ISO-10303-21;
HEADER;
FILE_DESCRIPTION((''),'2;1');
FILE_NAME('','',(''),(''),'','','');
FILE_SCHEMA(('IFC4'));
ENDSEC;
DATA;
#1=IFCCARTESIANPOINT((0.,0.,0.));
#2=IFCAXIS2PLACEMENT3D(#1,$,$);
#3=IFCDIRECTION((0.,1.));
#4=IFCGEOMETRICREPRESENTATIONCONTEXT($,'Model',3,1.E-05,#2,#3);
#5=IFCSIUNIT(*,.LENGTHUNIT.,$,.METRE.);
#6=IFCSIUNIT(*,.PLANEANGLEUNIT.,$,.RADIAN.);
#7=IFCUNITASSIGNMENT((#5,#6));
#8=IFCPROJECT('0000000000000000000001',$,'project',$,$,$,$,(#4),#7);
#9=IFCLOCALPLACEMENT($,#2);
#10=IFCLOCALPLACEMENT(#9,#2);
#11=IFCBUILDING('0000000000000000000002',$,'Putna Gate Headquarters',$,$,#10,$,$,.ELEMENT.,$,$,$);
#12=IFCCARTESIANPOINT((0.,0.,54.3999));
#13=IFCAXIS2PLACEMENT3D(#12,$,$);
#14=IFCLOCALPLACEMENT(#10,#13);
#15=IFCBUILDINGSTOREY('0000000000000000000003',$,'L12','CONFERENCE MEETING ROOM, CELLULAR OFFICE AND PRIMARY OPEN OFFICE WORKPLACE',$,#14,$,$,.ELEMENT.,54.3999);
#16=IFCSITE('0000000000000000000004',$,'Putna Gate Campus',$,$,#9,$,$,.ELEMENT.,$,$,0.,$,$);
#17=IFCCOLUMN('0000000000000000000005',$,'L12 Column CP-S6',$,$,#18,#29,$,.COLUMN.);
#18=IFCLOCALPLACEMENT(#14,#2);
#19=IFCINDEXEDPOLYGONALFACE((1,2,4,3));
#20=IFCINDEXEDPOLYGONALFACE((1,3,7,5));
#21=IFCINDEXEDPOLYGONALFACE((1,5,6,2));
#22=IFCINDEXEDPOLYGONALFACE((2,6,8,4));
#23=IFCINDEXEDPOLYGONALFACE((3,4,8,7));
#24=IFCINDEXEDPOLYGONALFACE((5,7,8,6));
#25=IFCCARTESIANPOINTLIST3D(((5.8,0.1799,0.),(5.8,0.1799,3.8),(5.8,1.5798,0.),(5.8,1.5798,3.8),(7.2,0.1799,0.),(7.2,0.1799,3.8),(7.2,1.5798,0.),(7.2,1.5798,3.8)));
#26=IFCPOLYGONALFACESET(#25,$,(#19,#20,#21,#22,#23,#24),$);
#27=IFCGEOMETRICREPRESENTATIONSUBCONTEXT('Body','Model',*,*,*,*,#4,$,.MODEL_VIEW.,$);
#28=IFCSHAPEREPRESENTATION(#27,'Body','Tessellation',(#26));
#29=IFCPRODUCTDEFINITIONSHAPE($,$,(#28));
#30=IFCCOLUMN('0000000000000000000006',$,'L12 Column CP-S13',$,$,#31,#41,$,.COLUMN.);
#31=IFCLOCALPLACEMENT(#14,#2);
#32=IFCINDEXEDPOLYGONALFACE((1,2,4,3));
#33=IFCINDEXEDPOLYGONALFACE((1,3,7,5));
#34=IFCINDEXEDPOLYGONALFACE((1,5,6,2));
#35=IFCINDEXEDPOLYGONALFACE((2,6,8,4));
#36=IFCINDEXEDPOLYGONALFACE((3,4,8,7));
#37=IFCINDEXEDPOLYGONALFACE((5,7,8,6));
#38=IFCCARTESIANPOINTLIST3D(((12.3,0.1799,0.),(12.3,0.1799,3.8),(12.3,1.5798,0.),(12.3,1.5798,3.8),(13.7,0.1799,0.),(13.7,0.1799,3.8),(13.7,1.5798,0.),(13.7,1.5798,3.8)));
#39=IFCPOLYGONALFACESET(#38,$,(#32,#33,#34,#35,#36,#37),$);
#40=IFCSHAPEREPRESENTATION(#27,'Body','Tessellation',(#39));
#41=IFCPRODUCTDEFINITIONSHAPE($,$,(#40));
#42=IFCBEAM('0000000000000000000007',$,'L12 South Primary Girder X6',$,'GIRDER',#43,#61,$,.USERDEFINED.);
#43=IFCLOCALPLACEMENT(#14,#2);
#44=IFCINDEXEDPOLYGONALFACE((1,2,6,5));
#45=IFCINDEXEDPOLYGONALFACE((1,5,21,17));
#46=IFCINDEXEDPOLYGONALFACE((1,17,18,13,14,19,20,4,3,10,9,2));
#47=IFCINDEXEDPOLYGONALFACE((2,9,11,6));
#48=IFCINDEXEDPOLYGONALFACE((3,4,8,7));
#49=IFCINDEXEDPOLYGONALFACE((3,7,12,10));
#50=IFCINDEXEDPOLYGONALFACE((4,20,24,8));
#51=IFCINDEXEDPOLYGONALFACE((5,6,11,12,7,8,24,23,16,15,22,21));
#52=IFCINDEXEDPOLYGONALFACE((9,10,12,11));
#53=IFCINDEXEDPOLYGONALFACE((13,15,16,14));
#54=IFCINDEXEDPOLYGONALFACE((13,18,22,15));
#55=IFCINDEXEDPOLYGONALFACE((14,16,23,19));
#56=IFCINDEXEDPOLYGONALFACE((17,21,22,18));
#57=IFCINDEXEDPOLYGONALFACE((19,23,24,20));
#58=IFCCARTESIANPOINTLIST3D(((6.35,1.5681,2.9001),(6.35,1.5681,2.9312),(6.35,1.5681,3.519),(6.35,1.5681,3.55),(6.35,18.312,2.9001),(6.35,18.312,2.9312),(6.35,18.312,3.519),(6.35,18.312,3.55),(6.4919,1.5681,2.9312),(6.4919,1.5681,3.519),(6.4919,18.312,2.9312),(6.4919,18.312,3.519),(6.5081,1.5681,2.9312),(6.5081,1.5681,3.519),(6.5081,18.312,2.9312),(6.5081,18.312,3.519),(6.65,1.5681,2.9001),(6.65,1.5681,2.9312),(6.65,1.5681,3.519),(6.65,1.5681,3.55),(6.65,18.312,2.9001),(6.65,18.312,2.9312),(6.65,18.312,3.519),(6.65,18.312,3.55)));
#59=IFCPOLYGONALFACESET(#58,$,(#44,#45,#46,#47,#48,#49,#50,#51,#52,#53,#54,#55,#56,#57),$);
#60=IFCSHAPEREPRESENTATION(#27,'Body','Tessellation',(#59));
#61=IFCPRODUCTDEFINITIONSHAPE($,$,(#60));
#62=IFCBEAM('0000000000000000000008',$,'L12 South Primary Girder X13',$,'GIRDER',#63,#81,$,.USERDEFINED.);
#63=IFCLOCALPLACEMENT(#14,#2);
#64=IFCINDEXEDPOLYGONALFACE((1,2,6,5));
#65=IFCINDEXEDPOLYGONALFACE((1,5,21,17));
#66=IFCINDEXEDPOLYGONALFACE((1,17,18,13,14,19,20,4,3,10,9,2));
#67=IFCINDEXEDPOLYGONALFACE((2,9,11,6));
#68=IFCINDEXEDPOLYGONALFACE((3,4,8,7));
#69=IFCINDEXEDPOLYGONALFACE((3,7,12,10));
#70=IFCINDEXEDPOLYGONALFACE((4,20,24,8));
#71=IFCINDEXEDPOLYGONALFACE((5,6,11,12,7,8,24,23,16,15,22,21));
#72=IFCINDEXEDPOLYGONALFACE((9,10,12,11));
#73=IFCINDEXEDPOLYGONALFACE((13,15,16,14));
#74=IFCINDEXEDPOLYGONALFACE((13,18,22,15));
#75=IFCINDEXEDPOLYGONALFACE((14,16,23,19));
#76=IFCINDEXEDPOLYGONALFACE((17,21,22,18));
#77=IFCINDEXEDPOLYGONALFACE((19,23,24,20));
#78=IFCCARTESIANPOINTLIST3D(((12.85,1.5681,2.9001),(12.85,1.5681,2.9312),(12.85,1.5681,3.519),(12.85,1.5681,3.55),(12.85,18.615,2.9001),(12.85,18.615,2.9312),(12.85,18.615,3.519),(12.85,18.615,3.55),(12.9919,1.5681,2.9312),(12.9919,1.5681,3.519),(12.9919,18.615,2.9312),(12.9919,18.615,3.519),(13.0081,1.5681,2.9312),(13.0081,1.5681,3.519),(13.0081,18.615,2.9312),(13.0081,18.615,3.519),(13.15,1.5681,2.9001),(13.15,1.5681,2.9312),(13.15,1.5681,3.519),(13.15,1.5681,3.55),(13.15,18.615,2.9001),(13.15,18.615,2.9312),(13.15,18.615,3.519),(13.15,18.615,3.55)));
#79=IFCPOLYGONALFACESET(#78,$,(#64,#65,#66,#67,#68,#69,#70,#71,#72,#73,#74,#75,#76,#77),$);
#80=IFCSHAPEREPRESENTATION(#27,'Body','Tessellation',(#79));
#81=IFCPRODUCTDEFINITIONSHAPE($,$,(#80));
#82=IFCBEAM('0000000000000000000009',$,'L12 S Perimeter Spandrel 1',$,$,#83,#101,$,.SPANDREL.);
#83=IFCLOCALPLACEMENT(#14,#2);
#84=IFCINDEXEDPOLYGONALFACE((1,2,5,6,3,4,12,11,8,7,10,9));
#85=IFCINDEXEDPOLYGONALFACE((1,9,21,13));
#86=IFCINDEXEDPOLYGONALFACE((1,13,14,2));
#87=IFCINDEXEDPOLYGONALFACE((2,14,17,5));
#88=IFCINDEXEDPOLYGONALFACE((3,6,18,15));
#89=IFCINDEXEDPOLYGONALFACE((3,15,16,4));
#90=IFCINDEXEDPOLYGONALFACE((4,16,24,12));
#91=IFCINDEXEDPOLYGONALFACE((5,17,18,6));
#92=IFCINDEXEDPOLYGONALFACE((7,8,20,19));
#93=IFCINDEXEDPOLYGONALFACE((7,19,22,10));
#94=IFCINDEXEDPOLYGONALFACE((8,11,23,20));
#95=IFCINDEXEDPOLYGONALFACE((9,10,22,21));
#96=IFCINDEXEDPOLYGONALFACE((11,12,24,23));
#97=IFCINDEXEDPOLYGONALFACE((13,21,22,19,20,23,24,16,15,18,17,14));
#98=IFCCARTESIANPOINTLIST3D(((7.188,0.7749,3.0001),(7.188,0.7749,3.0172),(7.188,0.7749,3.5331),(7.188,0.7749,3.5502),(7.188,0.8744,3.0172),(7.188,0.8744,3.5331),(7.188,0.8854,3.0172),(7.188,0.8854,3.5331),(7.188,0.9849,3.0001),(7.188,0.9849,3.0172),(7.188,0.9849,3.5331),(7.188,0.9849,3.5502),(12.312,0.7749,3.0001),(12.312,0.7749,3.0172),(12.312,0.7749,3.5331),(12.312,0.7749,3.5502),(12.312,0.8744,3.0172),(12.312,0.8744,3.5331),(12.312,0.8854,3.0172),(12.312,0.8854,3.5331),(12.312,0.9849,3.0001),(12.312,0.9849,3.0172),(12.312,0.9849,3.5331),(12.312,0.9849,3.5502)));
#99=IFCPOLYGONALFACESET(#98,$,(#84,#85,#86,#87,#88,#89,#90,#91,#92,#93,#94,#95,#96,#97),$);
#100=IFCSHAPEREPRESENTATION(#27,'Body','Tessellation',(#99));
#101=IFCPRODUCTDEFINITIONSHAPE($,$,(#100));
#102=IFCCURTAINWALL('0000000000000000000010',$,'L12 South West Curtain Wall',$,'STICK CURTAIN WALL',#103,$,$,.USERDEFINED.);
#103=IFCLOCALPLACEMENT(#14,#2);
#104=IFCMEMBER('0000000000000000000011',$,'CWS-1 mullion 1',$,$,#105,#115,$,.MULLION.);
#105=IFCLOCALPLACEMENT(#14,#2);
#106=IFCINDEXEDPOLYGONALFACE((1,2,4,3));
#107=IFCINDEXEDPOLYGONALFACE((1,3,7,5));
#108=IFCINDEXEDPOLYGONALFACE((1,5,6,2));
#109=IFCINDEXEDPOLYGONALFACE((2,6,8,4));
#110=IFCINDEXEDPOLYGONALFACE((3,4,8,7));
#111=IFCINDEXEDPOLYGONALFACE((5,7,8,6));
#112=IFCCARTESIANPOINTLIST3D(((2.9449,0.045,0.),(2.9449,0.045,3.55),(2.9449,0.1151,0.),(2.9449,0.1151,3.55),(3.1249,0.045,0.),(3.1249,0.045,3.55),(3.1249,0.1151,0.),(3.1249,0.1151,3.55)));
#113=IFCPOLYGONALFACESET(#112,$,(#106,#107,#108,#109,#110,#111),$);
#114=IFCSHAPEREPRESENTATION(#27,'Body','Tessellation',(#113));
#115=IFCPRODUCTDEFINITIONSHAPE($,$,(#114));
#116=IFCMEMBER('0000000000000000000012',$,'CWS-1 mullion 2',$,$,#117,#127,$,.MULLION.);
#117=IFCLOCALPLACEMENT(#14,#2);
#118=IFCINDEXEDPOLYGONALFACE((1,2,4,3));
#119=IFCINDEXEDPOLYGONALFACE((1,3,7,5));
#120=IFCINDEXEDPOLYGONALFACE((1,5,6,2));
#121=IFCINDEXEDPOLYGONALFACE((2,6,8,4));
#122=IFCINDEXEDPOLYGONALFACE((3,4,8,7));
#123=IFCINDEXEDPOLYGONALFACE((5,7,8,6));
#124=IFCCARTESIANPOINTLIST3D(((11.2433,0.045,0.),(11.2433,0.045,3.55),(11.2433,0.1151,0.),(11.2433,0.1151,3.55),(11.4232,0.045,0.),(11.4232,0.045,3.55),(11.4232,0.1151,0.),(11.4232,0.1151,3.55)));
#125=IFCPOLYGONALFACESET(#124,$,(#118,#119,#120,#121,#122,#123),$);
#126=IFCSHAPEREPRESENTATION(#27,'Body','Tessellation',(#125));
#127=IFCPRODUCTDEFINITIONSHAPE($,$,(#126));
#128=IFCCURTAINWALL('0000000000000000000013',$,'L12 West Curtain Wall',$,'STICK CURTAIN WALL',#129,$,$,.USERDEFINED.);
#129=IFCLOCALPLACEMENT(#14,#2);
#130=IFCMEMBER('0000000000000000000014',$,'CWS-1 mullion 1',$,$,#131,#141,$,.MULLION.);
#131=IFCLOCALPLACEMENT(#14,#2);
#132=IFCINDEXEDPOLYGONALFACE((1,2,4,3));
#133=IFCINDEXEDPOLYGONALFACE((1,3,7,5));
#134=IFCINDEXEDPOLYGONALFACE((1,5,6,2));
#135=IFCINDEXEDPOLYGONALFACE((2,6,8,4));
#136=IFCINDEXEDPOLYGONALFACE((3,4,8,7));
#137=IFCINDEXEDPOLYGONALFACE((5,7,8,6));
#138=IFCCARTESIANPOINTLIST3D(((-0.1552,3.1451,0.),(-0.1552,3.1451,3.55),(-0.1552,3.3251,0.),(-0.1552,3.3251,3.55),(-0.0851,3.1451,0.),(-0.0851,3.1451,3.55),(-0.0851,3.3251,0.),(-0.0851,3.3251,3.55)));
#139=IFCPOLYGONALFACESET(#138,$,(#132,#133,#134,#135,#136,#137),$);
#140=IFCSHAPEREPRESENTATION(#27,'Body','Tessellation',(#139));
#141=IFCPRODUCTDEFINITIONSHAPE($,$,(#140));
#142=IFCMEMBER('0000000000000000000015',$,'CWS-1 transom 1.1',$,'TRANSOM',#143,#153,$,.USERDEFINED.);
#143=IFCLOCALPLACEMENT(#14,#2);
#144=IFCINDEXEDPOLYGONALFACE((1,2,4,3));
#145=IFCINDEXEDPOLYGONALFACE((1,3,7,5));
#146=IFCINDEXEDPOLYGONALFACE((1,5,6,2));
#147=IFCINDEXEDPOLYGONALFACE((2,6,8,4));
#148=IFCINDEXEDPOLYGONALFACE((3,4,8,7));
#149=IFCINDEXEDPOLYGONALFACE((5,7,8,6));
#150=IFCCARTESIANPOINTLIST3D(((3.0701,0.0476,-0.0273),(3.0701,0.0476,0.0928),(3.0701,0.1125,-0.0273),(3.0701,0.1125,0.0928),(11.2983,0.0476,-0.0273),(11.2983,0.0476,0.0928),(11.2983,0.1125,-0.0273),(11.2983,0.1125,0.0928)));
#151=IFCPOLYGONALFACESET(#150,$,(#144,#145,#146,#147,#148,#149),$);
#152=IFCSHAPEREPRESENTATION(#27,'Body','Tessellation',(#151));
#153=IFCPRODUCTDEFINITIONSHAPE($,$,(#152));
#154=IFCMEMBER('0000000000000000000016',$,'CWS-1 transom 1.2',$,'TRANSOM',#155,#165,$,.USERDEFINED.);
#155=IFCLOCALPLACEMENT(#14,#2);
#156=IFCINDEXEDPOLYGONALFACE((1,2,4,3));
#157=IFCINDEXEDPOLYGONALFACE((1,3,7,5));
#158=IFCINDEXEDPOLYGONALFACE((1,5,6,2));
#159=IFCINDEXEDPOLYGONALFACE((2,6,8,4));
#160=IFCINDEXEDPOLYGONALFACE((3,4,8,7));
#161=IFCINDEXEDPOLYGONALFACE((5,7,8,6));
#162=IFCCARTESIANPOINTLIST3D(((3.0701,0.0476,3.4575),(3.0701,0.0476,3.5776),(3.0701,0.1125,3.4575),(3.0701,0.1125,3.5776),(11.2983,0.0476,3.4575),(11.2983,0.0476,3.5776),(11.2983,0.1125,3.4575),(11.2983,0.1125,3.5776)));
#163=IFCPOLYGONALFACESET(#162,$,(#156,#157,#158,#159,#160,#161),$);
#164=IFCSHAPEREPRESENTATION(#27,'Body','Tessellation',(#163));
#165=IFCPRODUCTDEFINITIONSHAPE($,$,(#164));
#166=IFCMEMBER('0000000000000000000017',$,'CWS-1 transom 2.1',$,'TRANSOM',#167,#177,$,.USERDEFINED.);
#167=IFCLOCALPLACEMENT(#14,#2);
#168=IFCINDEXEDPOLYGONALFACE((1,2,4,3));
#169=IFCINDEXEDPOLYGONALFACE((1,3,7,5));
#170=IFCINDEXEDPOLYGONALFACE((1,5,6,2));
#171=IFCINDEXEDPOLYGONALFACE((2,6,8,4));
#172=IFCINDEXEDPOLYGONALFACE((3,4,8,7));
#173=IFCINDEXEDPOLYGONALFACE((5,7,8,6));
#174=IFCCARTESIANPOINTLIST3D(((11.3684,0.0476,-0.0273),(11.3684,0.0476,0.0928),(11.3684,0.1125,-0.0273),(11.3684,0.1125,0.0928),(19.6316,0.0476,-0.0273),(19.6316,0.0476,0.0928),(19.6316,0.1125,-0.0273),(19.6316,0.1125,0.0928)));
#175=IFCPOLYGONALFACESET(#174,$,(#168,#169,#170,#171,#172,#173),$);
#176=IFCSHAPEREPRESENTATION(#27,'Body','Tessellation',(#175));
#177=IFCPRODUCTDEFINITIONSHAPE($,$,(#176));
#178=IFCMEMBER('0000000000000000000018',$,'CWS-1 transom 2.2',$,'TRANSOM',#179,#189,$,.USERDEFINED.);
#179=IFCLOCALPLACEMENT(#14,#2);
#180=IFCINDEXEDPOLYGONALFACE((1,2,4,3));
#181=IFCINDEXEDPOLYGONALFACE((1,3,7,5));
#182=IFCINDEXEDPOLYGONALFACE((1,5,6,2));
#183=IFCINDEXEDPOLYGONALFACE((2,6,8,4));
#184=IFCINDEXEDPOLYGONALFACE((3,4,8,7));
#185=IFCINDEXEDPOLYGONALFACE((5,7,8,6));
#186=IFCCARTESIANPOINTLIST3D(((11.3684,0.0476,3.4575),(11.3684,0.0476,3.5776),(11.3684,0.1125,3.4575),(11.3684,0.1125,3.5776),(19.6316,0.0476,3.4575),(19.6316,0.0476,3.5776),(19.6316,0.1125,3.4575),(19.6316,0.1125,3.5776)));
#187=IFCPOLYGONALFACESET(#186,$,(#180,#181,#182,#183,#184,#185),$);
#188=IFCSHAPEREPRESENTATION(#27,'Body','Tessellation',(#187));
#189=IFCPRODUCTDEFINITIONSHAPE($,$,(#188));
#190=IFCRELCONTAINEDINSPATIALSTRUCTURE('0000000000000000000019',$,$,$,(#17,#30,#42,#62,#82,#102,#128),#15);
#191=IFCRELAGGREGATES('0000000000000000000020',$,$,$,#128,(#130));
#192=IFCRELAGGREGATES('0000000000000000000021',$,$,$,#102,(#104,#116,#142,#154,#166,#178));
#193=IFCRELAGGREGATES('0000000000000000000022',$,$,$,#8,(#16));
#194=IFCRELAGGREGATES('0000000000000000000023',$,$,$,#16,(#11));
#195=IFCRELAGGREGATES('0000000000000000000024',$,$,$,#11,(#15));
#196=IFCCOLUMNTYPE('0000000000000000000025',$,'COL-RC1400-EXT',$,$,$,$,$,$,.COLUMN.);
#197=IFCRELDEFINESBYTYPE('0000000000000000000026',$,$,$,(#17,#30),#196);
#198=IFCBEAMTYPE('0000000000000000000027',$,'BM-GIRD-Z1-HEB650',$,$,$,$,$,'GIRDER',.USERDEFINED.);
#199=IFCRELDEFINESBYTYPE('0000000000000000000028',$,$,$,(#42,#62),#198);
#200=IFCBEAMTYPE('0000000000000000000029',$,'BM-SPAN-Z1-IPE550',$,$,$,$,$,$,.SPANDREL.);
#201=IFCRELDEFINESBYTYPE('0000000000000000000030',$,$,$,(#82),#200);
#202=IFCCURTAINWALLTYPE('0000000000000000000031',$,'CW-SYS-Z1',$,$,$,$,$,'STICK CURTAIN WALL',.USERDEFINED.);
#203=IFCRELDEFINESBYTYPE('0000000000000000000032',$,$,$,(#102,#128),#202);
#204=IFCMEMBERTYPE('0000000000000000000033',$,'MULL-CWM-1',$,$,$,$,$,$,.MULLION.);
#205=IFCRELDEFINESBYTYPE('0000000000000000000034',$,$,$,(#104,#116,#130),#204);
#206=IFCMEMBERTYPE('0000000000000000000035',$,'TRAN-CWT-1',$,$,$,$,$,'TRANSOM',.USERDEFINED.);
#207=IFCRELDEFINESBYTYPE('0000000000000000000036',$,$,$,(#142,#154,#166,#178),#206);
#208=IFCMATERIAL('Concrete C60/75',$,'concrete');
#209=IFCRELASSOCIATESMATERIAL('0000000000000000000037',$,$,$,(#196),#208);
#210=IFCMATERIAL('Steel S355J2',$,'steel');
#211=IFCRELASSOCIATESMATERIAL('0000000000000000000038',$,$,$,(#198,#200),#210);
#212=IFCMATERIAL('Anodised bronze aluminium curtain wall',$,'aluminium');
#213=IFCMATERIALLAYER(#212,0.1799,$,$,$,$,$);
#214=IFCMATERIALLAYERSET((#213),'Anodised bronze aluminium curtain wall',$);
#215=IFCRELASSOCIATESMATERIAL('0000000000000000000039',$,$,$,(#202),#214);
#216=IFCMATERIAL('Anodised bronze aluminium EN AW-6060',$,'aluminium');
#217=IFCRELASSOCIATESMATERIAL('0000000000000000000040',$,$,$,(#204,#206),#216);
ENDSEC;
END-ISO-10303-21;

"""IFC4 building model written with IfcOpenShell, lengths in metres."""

from ifc_helpers import new_model, si_unit, direction, frame, origin, origin_2d, place, context, subcontext, project, spatial, rectangle, i_section, extrude, material, layer, layer_set, material_profile, profile_set, type_object, element, aggregate, save


model = new_model("IFC4")

# Units and contexts
model_context = context("Model", 3, precision=1e-05, world=origin(), true_north=direction((0.0, 1.0)))
body_context = subcontext(model_context, "Body", "Model", "MODEL_VIEW")
ifc_project = project(units=[si_unit("LENGTHUNIT", "METRE"), si_unit("PLANEANGLEUNIT", "RADIAN")], contexts=[model_context])

# Site, building, storey
site_placement = place(None, origin())
site = spatial("IfcSite", under=ifc_project, at=site_placement, Name="Putna Gate Campus", CompositionType="ELEMENT", RefElevation=0.0)
building_placement = place(site_placement, origin())
building = spatial("IfcBuilding", under=site, at=building_placement, Name="Putna Gate Headquarters", CompositionType="ELEMENT")
storey_placement = place(building_placement, frame((0.0, 0.0, 54.3999)))
storey = spatial("IfcBuildingStorey", under=building, at=storey_placement, Name="L12", Description="CONFERENCE MEETING ROOM, CELLULAR OFFICE AND PRIMARY OPEN OFFICE WORKPLACE", CompositionType="ELEMENT", Elevation=54.3999)

# Columns
ifc_material_1 = material(Name="Concrete C60/75", Category="concrete")
ifc_material_profile_1 = material_profile(ifc_material_1, rectangle(XDim=1.3999, YDim=1.3999, at=origin_2d()), Name="Concrete C60/75")
ifc_profile_set_1 = profile_set([ifc_material_profile_1], Name="Concrete C60/75")
column_type = type_object("IfcColumnType", Name="COL-RC1400-EXT", PredefinedType="COLUMN", material=ifc_profile_set_1)
for number, where, z_axis, x_axis, name in (
    (1, (6.5, 0.8799, 0.0), (0.0, 0.0, 1.0), (1.0, 0.0, 0.0), "L12 Column CP-S6"),
    (2, (13.0, 0.8799, 0.0), (0.0, 0.0, 1.0), (1.0, 0.0, 0.0), "L12 Column CP-S13"),
):
    element("IfcColumn", number, at=place(storey_placement, frame(where, z_axis=z_axis, x_axis=x_axis)), inside=storey, type_object=column_type, Name=name, PredefinedType="COLUMN", context=body_context, shape_type="SweptSolid", body=[
        extrude(rectangle(XDim=1.3999, YDim=1.3999, at=origin_2d()), origin(), (0.0, 0.0, 1.0), 3.8),
    ])

# Beams
ifc_material_2 = material(Name="Steel S355J2", Category="steel")
ifc_material_profile_2 = material_profile(ifc_material_2, i_section(OverallWidth=0.3, OverallDepth=0.6499, WebThickness=0.0161, FlangeThickness=0.031, at=origin_2d()), Name="Steel S355J2")
ifc_profile_set_2 = profile_set([ifc_material_profile_2], Name="Steel S355J2")
beam_type_1 = type_object("IfcBeamType", Name="BM-GIRD-Z1-HEB650", ElementType="GIRDER", PredefinedType="USERDEFINED", material=ifc_profile_set_2)
beam_1_placement = place(storey_placement, frame((6.5, 1.5681, 3.2251), z_axis=(0.0, 1.0, 0.0), x_axis=(-1.0, 0.0, 0.0)))
element("IfcBeam", 3, at=beam_1_placement, inside=storey, type_object=beam_type_1, Name="L12 South Primary Girder X6", ObjectType="GIRDER", PredefinedType="USERDEFINED", context=body_context, shape_type="SweptSolid", body=[
    extrude(i_section(OverallWidth=0.3, OverallDepth=0.6499, WebThickness=0.0161, FlangeThickness=0.031, at=origin_2d()), origin(), (0.0, 0.0, 1.0), 16.7439),
])
beam_2_placement = place(storey_placement, frame((13.0, 1.5681, 3.2251), z_axis=(0.0, 1.0, 0.0), x_axis=(-1.0, 0.0, 0.0)))
element("IfcBeam", 4, at=beam_2_placement, inside=storey, type_object=beam_type_1, Name="L12 South Primary Girder X13", ObjectType="GIRDER", PredefinedType="USERDEFINED", context=body_context, shape_type="SweptSolid", body=[
    extrude(i_section(OverallWidth=0.3, OverallDepth=0.6499, WebThickness=0.0161, FlangeThickness=0.031, at=origin_2d()), origin(), (0.0, 0.0, 1.0), 17.0469),
])
ifc_material_profile_3 = material_profile(ifc_material_2, i_section(OverallWidth=0.21, OverallDepth=0.55, WebThickness=0.011, FlangeThickness=0.0171, at=origin_2d()), Name="Steel S355J2")
ifc_profile_set_3 = profile_set([ifc_material_profile_3], Name="Steel S355J2")
beam_type_2 = type_object("IfcBeamType", Name="BM-SPAN-Z1-IPE550", PredefinedType="SPANDREL", material=ifc_profile_set_3)
beam_3_placement = place(storey_placement, frame((7.188, 0.8799, 3.2751), z_axis=(1.0, 0.0, 0.0), x_axis=(0.0, 1.0, 0.0)))
element("IfcBeam", 5, at=beam_3_placement, inside=storey, type_object=beam_type_2, Name="L12 S Perimeter Spandrel 1", PredefinedType="SPANDREL", context=body_context, shape_type="SweptSolid", body=[
    extrude(i_section(OverallWidth=0.21, OverallDepth=0.55, WebThickness=0.011, FlangeThickness=0.0171, at=origin_2d()), origin(), (0.0, 0.0, 1.0), 5.124),
])

# Curtain wall, members
ifc_material_3 = material(Name="Anodised bronze aluminium curtain wall", Category="aluminium")
ifc_layer_1 = layer(ifc_material_3, 0.1799)
ifc_layer_set_1 = layer_set([ifc_layer_1], Name="Anodised bronze aluminium curtain wall")
curtain_wall_type = type_object("IfcCurtainWallType", Name="CW-SYS-Z1", ElementType="STICK CURTAIN WALL", PredefinedType="USERDEFINED", material=ifc_layer_set_1)
curtain_wall_1_placement = place(storey_placement, origin())
curtain_wall_1 = element("IfcCurtainWall", 6, at=curtain_wall_1_placement, inside=storey, type_object=curtain_wall_type, Name="L12 South West Curtain Wall", ObjectType="STICK CURTAIN WALL", PredefinedType="USERDEFINED")
ifc_material_4 = material(Name="Anodised bronze aluminium EN AW-6060", Category="aluminium")
ifc_material_profile_4 = material_profile(ifc_material_4, rectangle(XDim=0.0701, YDim=0.1799, at=origin_2d()), Name="Anodised bronze aluminium EN AW-6060")
ifc_profile_set_4 = profile_set([ifc_material_profile_4], Name="Anodised bronze aluminium EN AW-6060")
member_type_1 = type_object("IfcMemberType", Name="MULL-CWM-1", PredefinedType="MULLION", material=ifc_profile_set_4)
member_1_placement = place(storey_placement, frame((3.0349, 0.0801, 0.0), z_axis=(0.0, 0.0, 1.0), x_axis=(0.0, 1.0, 0.0)))
member_1 = element("IfcMember", 7, at=member_1_placement, type_object=member_type_1, Name="CWS-1 mullion 1", PredefinedType="MULLION", context=body_context, shape_type="SweptSolid", body=[
    extrude(rectangle(XDim=0.0701, YDim=0.1799, at=origin_2d()), origin(), (0.0, 0.0, 1.0), 3.55),
])
member_2_placement = place(storey_placement, frame((11.3333, 0.0801, 0.0), z_axis=(0.0, 0.0, 1.0), x_axis=(0.0, 1.0, 0.0)))
member_2 = element("IfcMember", 8, at=member_2_placement, type_object=member_type_1, Name="CWS-1 mullion 2", PredefinedType="MULLION", context=body_context, shape_type="SweptSolid", body=[
    extrude(rectangle(XDim=0.0701, YDim=0.1799, at=origin_2d()), origin(), (0.0, 0.0, 1.0), 3.55),
])

# Curtain wall, member
curtain_wall_2_placement = place(storey_placement, origin())
curtain_wall_2 = element("IfcCurtainWall", 9, at=curtain_wall_2_placement, inside=storey, type_object=curtain_wall_type, Name="L12 West Curtain Wall", ObjectType="STICK CURTAIN WALL", PredefinedType="USERDEFINED")
member_3_placement = place(storey_placement, frame((-0.1201, 3.2351, 0.0), z_axis=(0.0, 0.0, 1.0), x_axis=(-1.0, 0.0, 0.0)))
member_3 = element("IfcMember", 10, at=member_3_placement, type_object=member_type_1, Name="CWS-1 mullion 1", PredefinedType="MULLION", context=body_context, shape_type="SweptSolid", body=[
    extrude(rectangle(XDim=0.0701, YDim=0.1799, at=origin_2d()), origin(), (0.0, 0.0, 1.0), 3.55),
])

# Members
ifc_material_profile_5 = material_profile(ifc_material_4, rectangle(XDim=0.0649, YDim=0.1201, at=origin_2d()), Name="Anodised bronze aluminium EN AW-6060")
ifc_profile_set_5 = profile_set([ifc_material_profile_5], Name="Anodised bronze aluminium EN AW-6060")
member_type_2 = type_object("IfcMemberType", Name="TRAN-CWT-1", ElementType="TRANSOM", PredefinedType="USERDEFINED", material=ifc_profile_set_5)
member_4_placement = place(storey_placement, frame((3.0701, 0.0801, 0.0327), z_axis=(1.0, 0.0, 0.0), x_axis=(0.0, 1.0, 0.0)))
member_4 = element("IfcMember", 11, at=member_4_placement, type_object=member_type_2, Name="CWS-1 transom 1.1", ObjectType="TRANSOM", PredefinedType="USERDEFINED", context=body_context, shape_type="SweptSolid", body=[
    extrude(rectangle(XDim=0.0649, YDim=0.1201, at=origin_2d()), origin(), (0.0, 0.0, 1.0), 8.2283),
])
member_5_placement = place(storey_placement, frame((3.0701, 0.0801, 3.5176), z_axis=(1.0, 0.0, 0.0), x_axis=(0.0, 1.0, 0.0)))
member_5 = element("IfcMember", 12, at=member_5_placement, type_object=member_type_2, Name="CWS-1 transom 1.2", ObjectType="TRANSOM", PredefinedType="USERDEFINED", context=body_context, shape_type="SweptSolid", body=[
    extrude(rectangle(XDim=0.0649, YDim=0.1201, at=origin_2d()), origin(), (0.0, 0.0, 1.0), 8.2283),
])
member_6_placement = place(storey_placement, frame((11.3684, 0.0801, 0.0327), z_axis=(1.0, 0.0, 0.0), x_axis=(0.0, 1.0, 0.0)))
member_6 = element("IfcMember", 13, at=member_6_placement, type_object=member_type_2, Name="CWS-1 transom 2.1", ObjectType="TRANSOM", PredefinedType="USERDEFINED", context=body_context, shape_type="SweptSolid", body=[
    extrude(rectangle(XDim=0.0649, YDim=0.1201, at=origin_2d()), origin(), (0.0, 0.0, 1.0), 8.2632),
])
member_7_placement = place(storey_placement, frame((11.3684, 0.0801, 3.5176), z_axis=(1.0, 0.0, 0.0), x_axis=(0.0, 1.0, 0.0)))
member_7 = element("IfcMember", 14, at=member_7_placement, type_object=member_type_2, Name="CWS-1 transom 2.2", ObjectType="TRANSOM", PredefinedType="USERDEFINED", context=body_context, shape_type="SweptSolid", body=[
    extrude(rectangle(XDim=0.0649, YDim=0.1201, at=origin_2d()), origin(), (0.0, 0.0, 1.0), 8.2632),
])
aggregate(curtain_wall_2, [member_3])

aggregate(curtain_wall_1, [member_1, member_2, member_4, member_5, member_6, member_7])

save(model, "model.ifc")
